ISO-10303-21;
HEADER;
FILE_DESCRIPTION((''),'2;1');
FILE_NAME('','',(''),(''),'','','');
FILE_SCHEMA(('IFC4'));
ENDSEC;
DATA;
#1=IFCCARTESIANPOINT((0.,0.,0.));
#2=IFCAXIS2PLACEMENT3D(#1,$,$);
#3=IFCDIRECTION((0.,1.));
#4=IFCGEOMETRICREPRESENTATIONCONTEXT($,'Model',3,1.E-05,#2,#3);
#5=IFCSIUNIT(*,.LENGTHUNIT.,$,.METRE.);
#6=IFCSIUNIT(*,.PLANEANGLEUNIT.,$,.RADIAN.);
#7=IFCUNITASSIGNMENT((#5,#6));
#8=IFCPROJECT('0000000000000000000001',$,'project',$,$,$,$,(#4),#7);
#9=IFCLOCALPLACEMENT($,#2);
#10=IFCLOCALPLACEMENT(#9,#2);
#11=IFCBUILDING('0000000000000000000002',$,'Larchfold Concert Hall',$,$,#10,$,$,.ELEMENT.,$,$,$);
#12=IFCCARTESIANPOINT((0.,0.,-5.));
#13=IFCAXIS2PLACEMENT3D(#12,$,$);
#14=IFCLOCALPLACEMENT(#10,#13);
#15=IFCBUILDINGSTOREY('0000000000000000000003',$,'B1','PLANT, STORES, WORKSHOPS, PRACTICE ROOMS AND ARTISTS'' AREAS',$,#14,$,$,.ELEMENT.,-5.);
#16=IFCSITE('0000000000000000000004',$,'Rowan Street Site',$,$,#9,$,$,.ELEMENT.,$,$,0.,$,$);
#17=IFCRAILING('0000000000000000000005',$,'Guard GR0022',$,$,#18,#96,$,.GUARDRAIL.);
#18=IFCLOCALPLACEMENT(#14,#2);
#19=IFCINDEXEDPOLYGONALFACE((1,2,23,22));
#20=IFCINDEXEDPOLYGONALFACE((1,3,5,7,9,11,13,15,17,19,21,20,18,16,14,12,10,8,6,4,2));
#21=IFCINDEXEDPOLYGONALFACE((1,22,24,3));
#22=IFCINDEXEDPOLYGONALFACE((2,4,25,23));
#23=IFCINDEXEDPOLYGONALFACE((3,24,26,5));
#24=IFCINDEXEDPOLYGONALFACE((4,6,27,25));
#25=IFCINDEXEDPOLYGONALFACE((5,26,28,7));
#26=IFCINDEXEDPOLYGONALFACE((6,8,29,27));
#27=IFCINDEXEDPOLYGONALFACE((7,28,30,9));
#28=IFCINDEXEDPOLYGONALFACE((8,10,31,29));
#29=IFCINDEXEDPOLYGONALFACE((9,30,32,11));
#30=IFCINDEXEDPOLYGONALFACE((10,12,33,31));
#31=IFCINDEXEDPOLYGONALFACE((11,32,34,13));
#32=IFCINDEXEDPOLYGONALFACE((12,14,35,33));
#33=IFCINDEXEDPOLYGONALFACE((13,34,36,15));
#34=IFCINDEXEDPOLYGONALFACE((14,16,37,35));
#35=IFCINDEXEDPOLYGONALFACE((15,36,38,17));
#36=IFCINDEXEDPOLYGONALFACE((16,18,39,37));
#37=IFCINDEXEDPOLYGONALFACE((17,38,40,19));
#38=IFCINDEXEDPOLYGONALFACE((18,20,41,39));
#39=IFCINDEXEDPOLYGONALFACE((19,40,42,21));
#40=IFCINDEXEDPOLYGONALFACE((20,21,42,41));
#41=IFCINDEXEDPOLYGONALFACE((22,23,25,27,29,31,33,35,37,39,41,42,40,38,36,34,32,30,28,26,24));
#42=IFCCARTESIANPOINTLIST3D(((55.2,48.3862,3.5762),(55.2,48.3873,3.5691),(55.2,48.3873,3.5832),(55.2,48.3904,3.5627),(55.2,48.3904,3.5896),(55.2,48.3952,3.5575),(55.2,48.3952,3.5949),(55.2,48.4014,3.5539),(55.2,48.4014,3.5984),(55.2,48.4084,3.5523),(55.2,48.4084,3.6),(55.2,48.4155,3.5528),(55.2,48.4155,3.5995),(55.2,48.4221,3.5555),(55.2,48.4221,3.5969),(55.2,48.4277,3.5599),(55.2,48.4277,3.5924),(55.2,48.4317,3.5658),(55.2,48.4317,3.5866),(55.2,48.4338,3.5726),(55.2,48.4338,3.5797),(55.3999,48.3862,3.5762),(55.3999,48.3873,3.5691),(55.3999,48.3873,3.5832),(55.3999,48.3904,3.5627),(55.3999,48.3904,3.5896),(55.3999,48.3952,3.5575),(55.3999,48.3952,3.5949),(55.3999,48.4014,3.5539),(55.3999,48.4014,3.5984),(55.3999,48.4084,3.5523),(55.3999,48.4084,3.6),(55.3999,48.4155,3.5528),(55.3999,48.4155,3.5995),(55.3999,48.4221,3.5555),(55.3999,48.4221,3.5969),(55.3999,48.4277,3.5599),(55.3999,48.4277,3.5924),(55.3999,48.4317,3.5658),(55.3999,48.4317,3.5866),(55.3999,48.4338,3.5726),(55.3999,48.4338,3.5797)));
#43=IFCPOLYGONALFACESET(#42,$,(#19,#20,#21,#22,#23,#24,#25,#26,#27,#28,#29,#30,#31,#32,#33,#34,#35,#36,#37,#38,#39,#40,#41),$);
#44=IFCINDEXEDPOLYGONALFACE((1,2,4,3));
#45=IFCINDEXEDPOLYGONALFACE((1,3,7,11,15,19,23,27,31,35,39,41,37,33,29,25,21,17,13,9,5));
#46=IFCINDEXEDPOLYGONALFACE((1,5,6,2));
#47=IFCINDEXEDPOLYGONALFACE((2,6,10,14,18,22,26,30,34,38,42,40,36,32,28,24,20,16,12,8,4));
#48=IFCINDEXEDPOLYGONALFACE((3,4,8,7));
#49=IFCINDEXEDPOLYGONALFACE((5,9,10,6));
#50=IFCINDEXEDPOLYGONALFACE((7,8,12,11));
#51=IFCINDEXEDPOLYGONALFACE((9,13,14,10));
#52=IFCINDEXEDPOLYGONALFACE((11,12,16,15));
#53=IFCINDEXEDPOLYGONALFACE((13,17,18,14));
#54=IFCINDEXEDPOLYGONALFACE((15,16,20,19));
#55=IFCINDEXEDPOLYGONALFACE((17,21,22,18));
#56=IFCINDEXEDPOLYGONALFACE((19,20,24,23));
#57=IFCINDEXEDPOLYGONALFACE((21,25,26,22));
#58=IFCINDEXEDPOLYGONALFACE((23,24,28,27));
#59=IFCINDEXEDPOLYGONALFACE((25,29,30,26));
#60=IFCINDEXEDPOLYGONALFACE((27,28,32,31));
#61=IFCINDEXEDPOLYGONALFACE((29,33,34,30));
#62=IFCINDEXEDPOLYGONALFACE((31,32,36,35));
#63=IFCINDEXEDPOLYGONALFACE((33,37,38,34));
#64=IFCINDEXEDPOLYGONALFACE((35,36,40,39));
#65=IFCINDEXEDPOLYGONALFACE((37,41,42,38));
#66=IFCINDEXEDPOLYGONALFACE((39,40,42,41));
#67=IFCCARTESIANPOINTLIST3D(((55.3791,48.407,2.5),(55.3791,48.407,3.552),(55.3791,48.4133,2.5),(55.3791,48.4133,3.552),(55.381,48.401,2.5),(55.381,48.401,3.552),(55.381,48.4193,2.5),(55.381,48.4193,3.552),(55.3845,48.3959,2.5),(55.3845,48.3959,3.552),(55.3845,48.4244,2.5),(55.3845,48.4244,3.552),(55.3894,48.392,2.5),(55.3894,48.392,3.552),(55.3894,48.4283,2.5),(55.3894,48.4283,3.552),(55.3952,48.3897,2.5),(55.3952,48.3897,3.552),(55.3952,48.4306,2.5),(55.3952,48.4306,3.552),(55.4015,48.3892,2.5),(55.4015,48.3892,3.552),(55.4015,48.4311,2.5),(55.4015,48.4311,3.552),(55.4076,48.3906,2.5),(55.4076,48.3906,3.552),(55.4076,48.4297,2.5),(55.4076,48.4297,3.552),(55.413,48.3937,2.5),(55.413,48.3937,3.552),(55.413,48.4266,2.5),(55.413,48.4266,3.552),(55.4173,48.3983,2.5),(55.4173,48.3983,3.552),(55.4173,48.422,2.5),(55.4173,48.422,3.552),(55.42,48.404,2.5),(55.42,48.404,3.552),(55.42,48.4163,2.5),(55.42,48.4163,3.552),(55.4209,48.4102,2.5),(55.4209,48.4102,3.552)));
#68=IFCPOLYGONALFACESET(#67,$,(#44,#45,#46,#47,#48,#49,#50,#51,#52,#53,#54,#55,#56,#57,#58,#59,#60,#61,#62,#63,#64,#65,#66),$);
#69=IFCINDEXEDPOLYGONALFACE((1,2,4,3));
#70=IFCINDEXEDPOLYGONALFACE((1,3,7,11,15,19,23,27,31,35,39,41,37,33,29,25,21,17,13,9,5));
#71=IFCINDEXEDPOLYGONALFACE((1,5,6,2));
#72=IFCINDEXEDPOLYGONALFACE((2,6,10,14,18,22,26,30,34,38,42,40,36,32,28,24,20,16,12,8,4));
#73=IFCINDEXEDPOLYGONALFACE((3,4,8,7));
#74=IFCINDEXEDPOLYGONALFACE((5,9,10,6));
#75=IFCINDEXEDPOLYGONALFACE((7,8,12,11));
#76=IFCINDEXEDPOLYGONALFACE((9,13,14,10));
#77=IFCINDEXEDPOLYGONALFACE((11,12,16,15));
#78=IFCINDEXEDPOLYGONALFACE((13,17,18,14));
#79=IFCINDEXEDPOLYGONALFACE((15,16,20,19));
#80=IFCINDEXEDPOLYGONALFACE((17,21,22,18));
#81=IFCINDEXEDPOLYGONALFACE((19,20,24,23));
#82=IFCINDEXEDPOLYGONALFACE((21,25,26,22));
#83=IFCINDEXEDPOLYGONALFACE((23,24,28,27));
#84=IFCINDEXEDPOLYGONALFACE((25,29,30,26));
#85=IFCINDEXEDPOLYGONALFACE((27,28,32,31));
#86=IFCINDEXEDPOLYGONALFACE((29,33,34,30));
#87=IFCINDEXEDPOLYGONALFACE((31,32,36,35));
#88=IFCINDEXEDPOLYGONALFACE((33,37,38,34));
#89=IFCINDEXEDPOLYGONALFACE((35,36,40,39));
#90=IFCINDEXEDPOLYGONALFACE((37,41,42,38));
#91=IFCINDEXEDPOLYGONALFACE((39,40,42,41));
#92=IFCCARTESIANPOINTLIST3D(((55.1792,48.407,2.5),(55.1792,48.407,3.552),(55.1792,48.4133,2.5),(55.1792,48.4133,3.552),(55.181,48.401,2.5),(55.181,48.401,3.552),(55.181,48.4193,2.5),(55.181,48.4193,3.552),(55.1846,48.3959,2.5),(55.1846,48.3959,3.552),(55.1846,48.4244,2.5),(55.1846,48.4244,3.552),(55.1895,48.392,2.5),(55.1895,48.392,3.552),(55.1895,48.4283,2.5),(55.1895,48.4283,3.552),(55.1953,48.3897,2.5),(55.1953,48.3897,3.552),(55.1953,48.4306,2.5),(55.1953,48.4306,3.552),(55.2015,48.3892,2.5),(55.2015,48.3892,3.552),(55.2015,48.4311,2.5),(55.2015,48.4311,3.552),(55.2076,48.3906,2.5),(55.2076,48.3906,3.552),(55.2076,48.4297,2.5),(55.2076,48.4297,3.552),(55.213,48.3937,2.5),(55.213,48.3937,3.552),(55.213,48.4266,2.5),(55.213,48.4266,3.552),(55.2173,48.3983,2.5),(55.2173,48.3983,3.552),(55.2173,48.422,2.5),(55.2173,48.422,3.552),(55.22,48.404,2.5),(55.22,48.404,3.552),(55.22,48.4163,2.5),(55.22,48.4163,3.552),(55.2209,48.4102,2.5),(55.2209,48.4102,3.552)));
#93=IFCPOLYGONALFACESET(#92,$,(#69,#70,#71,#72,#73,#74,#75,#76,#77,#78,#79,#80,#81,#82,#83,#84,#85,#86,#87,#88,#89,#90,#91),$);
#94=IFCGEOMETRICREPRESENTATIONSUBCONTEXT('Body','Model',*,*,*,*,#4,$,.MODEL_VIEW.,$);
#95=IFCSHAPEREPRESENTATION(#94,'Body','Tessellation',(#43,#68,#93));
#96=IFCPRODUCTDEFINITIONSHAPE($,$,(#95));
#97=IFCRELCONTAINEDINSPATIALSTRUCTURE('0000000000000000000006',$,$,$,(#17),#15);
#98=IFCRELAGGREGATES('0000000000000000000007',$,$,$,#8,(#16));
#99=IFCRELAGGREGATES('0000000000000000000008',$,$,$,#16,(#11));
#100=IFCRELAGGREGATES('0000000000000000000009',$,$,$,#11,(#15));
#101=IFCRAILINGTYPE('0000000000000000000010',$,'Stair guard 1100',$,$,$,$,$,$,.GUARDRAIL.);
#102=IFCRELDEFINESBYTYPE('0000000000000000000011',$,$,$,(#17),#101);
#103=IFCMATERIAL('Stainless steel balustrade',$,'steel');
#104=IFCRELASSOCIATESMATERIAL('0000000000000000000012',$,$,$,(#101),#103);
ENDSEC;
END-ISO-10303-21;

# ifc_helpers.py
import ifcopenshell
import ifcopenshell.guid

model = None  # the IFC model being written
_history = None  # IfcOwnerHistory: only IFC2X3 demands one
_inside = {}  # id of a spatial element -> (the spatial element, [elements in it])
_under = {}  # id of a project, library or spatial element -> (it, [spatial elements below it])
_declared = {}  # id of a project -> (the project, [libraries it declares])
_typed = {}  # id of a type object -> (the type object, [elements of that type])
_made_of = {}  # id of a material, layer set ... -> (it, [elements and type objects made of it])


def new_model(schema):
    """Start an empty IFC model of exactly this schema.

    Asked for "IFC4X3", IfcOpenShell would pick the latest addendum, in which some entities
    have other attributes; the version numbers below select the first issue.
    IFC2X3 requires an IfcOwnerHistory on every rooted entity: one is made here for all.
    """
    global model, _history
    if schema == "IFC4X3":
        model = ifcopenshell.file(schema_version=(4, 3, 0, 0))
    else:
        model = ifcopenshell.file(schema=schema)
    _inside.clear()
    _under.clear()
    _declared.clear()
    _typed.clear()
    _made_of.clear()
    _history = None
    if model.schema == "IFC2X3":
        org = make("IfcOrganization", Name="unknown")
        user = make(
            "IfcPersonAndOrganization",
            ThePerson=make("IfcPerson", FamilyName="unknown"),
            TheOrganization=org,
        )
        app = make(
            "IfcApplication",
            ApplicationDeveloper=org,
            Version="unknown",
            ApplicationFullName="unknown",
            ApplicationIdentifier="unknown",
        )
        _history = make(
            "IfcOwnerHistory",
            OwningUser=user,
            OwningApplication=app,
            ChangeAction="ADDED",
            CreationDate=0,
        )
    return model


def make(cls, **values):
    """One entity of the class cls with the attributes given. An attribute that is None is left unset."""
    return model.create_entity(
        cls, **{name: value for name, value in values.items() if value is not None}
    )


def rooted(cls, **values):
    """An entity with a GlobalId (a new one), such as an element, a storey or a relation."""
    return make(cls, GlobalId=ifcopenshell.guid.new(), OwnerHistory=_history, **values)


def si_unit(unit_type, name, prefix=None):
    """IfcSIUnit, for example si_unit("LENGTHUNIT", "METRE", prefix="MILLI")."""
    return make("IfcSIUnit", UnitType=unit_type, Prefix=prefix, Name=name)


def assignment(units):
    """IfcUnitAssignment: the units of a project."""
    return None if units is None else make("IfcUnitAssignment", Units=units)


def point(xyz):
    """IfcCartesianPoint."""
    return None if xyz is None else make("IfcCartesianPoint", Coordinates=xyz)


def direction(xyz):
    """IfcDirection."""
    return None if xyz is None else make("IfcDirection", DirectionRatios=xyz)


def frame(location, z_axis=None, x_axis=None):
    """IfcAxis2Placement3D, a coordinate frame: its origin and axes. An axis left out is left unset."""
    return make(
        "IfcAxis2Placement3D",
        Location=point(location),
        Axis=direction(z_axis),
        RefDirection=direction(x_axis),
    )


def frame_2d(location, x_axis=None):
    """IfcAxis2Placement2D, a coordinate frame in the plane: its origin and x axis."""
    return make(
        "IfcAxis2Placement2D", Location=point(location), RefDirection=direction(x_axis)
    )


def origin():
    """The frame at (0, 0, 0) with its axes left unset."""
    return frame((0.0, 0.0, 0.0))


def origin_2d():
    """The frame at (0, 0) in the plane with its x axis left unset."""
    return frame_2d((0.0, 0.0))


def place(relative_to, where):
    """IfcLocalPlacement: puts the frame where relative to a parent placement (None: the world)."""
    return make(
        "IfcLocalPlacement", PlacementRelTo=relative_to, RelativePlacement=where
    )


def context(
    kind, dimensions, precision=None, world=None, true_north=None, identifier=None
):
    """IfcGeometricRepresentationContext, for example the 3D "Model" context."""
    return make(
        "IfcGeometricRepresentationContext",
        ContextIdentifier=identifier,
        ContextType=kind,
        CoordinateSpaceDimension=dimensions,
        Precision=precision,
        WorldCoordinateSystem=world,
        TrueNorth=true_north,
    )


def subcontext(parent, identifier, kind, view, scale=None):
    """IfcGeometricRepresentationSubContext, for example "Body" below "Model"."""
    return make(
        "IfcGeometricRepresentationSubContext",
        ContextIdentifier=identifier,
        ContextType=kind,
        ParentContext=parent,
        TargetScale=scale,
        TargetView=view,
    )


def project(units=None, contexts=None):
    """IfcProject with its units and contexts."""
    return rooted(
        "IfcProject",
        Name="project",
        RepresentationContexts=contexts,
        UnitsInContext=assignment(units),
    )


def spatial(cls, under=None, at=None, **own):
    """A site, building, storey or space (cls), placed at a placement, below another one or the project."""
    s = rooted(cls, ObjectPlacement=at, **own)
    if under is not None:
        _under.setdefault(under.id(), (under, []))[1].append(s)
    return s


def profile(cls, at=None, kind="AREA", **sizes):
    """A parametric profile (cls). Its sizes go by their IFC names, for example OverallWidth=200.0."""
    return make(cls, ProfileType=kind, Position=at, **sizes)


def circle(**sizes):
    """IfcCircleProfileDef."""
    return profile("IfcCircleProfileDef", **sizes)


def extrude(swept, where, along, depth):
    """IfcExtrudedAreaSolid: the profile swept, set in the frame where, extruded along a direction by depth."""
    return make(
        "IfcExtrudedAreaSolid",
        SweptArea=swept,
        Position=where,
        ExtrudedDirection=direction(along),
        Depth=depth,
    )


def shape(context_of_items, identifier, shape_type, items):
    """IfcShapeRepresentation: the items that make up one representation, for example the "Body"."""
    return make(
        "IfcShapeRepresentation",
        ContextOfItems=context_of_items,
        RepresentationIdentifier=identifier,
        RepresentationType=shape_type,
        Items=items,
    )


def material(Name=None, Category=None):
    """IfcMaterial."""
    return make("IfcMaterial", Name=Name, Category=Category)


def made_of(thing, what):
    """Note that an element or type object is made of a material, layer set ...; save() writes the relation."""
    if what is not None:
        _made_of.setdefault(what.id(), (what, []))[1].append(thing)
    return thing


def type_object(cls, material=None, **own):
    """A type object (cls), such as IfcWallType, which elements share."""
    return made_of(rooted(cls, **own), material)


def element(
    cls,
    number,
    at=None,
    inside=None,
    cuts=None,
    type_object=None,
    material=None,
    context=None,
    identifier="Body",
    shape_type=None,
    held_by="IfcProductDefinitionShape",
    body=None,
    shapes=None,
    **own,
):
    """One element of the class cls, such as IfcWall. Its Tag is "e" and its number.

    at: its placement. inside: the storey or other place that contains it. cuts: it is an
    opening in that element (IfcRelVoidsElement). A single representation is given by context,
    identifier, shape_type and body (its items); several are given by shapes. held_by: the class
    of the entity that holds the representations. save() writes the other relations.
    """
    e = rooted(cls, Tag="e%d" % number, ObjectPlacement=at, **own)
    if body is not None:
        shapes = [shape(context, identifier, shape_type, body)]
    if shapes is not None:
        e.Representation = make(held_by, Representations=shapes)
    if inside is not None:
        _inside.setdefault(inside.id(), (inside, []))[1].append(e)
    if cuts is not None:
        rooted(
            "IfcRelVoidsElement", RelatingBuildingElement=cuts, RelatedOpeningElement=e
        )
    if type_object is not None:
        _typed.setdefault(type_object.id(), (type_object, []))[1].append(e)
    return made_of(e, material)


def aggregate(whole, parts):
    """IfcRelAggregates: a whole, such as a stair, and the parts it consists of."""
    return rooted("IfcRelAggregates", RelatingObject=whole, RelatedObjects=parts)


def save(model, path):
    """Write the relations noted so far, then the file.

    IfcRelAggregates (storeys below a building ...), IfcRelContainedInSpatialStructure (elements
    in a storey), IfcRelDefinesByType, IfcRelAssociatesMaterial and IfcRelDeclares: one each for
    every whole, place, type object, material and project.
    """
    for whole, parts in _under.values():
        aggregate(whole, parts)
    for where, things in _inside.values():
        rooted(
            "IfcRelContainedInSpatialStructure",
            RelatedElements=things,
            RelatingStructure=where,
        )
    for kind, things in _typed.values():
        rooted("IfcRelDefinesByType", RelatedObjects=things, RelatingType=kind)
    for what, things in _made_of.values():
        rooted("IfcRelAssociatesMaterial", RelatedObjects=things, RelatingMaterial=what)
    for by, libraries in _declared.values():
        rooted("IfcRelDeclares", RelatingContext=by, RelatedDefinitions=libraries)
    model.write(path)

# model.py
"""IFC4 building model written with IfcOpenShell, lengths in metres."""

from ifc_helpers import new_model, si_unit, direction, frame, origin, origin_2d, place, context, subcontext, project, spatial, circle, extrude, material, type_object, element, save


model = new_model("IFC4")

# Units and contexts
model_context = context("Model", 3, precision=1e-05, world=origin(), true_north=direction((0.0, 1.0)))
body_context = subcontext(model_context, "Body", "Model", "MODEL_VIEW")
ifc_project = project(units=[si_unit("LENGTHUNIT", "METRE"), si_unit("PLANEANGLEUNIT", "RADIAN")], contexts=[model_context])

# Site, building, storey
site_placement = place(None, origin())
site = spatial("IfcSite", under=ifc_project, at=site_placement, Name="Rowan Street Site", CompositionType="ELEMENT", RefElevation=0.0)
building_placement = place(site_placement, origin())
building = spatial("IfcBuilding", under=site, at=building_placement, Name="Larchfold Concert Hall", CompositionType="ELEMENT")
storey_placement = place(building_placement, frame((0.0, 0.0, -5.0)))
storey = spatial("IfcBuildingStorey", under=building, at=storey_placement, Name="B1", Description="PLANT, STORES, WORKSHOPS, PRACTICE ROOMS AND ARTISTS' AREAS", CompositionType="ELEMENT", Elevation=-5.0)

# Railing
ifc_material_1 = material(Name="Stainless steel balustrade", Category="steel")
railing_type_1 = type_object("IfcRailingType", Name="Stair guard 1100", PredefinedType="GUARDRAIL", material=ifc_material_1)
railing_1_placement = place(storey_placement, frame((55.3999, 48.4102, 2.5)))
element("IfcRailing", 1, at=railing_1_placement, inside=storey, type_object=railing_type_1, Name="Guard GR0022", PredefinedType="GUARDRAIL", context=body_context, shape_type="SweptSolid", body=[
    extrude(circle(Radius=0.0239, at=origin_2d()), frame((0.0, 0.0, 1.0762), z_axis=(-1.0, 0.0, 0.0), x_axis=(0.0, -1.0, 0.0)), (0.0, 0.0, 1.0), 0.2),
    extrude(circle(Radius=0.021, at=origin_2d()), origin(), (0.0, 0.0, 1.0), 1.052),
    extrude(circle(Radius=0.021, at=origin_2d()), frame((-0.2, 0.0, 0.0)), (0.0, 0.0, 1.0), 1.052),
])

save(model, "model.ifc")
